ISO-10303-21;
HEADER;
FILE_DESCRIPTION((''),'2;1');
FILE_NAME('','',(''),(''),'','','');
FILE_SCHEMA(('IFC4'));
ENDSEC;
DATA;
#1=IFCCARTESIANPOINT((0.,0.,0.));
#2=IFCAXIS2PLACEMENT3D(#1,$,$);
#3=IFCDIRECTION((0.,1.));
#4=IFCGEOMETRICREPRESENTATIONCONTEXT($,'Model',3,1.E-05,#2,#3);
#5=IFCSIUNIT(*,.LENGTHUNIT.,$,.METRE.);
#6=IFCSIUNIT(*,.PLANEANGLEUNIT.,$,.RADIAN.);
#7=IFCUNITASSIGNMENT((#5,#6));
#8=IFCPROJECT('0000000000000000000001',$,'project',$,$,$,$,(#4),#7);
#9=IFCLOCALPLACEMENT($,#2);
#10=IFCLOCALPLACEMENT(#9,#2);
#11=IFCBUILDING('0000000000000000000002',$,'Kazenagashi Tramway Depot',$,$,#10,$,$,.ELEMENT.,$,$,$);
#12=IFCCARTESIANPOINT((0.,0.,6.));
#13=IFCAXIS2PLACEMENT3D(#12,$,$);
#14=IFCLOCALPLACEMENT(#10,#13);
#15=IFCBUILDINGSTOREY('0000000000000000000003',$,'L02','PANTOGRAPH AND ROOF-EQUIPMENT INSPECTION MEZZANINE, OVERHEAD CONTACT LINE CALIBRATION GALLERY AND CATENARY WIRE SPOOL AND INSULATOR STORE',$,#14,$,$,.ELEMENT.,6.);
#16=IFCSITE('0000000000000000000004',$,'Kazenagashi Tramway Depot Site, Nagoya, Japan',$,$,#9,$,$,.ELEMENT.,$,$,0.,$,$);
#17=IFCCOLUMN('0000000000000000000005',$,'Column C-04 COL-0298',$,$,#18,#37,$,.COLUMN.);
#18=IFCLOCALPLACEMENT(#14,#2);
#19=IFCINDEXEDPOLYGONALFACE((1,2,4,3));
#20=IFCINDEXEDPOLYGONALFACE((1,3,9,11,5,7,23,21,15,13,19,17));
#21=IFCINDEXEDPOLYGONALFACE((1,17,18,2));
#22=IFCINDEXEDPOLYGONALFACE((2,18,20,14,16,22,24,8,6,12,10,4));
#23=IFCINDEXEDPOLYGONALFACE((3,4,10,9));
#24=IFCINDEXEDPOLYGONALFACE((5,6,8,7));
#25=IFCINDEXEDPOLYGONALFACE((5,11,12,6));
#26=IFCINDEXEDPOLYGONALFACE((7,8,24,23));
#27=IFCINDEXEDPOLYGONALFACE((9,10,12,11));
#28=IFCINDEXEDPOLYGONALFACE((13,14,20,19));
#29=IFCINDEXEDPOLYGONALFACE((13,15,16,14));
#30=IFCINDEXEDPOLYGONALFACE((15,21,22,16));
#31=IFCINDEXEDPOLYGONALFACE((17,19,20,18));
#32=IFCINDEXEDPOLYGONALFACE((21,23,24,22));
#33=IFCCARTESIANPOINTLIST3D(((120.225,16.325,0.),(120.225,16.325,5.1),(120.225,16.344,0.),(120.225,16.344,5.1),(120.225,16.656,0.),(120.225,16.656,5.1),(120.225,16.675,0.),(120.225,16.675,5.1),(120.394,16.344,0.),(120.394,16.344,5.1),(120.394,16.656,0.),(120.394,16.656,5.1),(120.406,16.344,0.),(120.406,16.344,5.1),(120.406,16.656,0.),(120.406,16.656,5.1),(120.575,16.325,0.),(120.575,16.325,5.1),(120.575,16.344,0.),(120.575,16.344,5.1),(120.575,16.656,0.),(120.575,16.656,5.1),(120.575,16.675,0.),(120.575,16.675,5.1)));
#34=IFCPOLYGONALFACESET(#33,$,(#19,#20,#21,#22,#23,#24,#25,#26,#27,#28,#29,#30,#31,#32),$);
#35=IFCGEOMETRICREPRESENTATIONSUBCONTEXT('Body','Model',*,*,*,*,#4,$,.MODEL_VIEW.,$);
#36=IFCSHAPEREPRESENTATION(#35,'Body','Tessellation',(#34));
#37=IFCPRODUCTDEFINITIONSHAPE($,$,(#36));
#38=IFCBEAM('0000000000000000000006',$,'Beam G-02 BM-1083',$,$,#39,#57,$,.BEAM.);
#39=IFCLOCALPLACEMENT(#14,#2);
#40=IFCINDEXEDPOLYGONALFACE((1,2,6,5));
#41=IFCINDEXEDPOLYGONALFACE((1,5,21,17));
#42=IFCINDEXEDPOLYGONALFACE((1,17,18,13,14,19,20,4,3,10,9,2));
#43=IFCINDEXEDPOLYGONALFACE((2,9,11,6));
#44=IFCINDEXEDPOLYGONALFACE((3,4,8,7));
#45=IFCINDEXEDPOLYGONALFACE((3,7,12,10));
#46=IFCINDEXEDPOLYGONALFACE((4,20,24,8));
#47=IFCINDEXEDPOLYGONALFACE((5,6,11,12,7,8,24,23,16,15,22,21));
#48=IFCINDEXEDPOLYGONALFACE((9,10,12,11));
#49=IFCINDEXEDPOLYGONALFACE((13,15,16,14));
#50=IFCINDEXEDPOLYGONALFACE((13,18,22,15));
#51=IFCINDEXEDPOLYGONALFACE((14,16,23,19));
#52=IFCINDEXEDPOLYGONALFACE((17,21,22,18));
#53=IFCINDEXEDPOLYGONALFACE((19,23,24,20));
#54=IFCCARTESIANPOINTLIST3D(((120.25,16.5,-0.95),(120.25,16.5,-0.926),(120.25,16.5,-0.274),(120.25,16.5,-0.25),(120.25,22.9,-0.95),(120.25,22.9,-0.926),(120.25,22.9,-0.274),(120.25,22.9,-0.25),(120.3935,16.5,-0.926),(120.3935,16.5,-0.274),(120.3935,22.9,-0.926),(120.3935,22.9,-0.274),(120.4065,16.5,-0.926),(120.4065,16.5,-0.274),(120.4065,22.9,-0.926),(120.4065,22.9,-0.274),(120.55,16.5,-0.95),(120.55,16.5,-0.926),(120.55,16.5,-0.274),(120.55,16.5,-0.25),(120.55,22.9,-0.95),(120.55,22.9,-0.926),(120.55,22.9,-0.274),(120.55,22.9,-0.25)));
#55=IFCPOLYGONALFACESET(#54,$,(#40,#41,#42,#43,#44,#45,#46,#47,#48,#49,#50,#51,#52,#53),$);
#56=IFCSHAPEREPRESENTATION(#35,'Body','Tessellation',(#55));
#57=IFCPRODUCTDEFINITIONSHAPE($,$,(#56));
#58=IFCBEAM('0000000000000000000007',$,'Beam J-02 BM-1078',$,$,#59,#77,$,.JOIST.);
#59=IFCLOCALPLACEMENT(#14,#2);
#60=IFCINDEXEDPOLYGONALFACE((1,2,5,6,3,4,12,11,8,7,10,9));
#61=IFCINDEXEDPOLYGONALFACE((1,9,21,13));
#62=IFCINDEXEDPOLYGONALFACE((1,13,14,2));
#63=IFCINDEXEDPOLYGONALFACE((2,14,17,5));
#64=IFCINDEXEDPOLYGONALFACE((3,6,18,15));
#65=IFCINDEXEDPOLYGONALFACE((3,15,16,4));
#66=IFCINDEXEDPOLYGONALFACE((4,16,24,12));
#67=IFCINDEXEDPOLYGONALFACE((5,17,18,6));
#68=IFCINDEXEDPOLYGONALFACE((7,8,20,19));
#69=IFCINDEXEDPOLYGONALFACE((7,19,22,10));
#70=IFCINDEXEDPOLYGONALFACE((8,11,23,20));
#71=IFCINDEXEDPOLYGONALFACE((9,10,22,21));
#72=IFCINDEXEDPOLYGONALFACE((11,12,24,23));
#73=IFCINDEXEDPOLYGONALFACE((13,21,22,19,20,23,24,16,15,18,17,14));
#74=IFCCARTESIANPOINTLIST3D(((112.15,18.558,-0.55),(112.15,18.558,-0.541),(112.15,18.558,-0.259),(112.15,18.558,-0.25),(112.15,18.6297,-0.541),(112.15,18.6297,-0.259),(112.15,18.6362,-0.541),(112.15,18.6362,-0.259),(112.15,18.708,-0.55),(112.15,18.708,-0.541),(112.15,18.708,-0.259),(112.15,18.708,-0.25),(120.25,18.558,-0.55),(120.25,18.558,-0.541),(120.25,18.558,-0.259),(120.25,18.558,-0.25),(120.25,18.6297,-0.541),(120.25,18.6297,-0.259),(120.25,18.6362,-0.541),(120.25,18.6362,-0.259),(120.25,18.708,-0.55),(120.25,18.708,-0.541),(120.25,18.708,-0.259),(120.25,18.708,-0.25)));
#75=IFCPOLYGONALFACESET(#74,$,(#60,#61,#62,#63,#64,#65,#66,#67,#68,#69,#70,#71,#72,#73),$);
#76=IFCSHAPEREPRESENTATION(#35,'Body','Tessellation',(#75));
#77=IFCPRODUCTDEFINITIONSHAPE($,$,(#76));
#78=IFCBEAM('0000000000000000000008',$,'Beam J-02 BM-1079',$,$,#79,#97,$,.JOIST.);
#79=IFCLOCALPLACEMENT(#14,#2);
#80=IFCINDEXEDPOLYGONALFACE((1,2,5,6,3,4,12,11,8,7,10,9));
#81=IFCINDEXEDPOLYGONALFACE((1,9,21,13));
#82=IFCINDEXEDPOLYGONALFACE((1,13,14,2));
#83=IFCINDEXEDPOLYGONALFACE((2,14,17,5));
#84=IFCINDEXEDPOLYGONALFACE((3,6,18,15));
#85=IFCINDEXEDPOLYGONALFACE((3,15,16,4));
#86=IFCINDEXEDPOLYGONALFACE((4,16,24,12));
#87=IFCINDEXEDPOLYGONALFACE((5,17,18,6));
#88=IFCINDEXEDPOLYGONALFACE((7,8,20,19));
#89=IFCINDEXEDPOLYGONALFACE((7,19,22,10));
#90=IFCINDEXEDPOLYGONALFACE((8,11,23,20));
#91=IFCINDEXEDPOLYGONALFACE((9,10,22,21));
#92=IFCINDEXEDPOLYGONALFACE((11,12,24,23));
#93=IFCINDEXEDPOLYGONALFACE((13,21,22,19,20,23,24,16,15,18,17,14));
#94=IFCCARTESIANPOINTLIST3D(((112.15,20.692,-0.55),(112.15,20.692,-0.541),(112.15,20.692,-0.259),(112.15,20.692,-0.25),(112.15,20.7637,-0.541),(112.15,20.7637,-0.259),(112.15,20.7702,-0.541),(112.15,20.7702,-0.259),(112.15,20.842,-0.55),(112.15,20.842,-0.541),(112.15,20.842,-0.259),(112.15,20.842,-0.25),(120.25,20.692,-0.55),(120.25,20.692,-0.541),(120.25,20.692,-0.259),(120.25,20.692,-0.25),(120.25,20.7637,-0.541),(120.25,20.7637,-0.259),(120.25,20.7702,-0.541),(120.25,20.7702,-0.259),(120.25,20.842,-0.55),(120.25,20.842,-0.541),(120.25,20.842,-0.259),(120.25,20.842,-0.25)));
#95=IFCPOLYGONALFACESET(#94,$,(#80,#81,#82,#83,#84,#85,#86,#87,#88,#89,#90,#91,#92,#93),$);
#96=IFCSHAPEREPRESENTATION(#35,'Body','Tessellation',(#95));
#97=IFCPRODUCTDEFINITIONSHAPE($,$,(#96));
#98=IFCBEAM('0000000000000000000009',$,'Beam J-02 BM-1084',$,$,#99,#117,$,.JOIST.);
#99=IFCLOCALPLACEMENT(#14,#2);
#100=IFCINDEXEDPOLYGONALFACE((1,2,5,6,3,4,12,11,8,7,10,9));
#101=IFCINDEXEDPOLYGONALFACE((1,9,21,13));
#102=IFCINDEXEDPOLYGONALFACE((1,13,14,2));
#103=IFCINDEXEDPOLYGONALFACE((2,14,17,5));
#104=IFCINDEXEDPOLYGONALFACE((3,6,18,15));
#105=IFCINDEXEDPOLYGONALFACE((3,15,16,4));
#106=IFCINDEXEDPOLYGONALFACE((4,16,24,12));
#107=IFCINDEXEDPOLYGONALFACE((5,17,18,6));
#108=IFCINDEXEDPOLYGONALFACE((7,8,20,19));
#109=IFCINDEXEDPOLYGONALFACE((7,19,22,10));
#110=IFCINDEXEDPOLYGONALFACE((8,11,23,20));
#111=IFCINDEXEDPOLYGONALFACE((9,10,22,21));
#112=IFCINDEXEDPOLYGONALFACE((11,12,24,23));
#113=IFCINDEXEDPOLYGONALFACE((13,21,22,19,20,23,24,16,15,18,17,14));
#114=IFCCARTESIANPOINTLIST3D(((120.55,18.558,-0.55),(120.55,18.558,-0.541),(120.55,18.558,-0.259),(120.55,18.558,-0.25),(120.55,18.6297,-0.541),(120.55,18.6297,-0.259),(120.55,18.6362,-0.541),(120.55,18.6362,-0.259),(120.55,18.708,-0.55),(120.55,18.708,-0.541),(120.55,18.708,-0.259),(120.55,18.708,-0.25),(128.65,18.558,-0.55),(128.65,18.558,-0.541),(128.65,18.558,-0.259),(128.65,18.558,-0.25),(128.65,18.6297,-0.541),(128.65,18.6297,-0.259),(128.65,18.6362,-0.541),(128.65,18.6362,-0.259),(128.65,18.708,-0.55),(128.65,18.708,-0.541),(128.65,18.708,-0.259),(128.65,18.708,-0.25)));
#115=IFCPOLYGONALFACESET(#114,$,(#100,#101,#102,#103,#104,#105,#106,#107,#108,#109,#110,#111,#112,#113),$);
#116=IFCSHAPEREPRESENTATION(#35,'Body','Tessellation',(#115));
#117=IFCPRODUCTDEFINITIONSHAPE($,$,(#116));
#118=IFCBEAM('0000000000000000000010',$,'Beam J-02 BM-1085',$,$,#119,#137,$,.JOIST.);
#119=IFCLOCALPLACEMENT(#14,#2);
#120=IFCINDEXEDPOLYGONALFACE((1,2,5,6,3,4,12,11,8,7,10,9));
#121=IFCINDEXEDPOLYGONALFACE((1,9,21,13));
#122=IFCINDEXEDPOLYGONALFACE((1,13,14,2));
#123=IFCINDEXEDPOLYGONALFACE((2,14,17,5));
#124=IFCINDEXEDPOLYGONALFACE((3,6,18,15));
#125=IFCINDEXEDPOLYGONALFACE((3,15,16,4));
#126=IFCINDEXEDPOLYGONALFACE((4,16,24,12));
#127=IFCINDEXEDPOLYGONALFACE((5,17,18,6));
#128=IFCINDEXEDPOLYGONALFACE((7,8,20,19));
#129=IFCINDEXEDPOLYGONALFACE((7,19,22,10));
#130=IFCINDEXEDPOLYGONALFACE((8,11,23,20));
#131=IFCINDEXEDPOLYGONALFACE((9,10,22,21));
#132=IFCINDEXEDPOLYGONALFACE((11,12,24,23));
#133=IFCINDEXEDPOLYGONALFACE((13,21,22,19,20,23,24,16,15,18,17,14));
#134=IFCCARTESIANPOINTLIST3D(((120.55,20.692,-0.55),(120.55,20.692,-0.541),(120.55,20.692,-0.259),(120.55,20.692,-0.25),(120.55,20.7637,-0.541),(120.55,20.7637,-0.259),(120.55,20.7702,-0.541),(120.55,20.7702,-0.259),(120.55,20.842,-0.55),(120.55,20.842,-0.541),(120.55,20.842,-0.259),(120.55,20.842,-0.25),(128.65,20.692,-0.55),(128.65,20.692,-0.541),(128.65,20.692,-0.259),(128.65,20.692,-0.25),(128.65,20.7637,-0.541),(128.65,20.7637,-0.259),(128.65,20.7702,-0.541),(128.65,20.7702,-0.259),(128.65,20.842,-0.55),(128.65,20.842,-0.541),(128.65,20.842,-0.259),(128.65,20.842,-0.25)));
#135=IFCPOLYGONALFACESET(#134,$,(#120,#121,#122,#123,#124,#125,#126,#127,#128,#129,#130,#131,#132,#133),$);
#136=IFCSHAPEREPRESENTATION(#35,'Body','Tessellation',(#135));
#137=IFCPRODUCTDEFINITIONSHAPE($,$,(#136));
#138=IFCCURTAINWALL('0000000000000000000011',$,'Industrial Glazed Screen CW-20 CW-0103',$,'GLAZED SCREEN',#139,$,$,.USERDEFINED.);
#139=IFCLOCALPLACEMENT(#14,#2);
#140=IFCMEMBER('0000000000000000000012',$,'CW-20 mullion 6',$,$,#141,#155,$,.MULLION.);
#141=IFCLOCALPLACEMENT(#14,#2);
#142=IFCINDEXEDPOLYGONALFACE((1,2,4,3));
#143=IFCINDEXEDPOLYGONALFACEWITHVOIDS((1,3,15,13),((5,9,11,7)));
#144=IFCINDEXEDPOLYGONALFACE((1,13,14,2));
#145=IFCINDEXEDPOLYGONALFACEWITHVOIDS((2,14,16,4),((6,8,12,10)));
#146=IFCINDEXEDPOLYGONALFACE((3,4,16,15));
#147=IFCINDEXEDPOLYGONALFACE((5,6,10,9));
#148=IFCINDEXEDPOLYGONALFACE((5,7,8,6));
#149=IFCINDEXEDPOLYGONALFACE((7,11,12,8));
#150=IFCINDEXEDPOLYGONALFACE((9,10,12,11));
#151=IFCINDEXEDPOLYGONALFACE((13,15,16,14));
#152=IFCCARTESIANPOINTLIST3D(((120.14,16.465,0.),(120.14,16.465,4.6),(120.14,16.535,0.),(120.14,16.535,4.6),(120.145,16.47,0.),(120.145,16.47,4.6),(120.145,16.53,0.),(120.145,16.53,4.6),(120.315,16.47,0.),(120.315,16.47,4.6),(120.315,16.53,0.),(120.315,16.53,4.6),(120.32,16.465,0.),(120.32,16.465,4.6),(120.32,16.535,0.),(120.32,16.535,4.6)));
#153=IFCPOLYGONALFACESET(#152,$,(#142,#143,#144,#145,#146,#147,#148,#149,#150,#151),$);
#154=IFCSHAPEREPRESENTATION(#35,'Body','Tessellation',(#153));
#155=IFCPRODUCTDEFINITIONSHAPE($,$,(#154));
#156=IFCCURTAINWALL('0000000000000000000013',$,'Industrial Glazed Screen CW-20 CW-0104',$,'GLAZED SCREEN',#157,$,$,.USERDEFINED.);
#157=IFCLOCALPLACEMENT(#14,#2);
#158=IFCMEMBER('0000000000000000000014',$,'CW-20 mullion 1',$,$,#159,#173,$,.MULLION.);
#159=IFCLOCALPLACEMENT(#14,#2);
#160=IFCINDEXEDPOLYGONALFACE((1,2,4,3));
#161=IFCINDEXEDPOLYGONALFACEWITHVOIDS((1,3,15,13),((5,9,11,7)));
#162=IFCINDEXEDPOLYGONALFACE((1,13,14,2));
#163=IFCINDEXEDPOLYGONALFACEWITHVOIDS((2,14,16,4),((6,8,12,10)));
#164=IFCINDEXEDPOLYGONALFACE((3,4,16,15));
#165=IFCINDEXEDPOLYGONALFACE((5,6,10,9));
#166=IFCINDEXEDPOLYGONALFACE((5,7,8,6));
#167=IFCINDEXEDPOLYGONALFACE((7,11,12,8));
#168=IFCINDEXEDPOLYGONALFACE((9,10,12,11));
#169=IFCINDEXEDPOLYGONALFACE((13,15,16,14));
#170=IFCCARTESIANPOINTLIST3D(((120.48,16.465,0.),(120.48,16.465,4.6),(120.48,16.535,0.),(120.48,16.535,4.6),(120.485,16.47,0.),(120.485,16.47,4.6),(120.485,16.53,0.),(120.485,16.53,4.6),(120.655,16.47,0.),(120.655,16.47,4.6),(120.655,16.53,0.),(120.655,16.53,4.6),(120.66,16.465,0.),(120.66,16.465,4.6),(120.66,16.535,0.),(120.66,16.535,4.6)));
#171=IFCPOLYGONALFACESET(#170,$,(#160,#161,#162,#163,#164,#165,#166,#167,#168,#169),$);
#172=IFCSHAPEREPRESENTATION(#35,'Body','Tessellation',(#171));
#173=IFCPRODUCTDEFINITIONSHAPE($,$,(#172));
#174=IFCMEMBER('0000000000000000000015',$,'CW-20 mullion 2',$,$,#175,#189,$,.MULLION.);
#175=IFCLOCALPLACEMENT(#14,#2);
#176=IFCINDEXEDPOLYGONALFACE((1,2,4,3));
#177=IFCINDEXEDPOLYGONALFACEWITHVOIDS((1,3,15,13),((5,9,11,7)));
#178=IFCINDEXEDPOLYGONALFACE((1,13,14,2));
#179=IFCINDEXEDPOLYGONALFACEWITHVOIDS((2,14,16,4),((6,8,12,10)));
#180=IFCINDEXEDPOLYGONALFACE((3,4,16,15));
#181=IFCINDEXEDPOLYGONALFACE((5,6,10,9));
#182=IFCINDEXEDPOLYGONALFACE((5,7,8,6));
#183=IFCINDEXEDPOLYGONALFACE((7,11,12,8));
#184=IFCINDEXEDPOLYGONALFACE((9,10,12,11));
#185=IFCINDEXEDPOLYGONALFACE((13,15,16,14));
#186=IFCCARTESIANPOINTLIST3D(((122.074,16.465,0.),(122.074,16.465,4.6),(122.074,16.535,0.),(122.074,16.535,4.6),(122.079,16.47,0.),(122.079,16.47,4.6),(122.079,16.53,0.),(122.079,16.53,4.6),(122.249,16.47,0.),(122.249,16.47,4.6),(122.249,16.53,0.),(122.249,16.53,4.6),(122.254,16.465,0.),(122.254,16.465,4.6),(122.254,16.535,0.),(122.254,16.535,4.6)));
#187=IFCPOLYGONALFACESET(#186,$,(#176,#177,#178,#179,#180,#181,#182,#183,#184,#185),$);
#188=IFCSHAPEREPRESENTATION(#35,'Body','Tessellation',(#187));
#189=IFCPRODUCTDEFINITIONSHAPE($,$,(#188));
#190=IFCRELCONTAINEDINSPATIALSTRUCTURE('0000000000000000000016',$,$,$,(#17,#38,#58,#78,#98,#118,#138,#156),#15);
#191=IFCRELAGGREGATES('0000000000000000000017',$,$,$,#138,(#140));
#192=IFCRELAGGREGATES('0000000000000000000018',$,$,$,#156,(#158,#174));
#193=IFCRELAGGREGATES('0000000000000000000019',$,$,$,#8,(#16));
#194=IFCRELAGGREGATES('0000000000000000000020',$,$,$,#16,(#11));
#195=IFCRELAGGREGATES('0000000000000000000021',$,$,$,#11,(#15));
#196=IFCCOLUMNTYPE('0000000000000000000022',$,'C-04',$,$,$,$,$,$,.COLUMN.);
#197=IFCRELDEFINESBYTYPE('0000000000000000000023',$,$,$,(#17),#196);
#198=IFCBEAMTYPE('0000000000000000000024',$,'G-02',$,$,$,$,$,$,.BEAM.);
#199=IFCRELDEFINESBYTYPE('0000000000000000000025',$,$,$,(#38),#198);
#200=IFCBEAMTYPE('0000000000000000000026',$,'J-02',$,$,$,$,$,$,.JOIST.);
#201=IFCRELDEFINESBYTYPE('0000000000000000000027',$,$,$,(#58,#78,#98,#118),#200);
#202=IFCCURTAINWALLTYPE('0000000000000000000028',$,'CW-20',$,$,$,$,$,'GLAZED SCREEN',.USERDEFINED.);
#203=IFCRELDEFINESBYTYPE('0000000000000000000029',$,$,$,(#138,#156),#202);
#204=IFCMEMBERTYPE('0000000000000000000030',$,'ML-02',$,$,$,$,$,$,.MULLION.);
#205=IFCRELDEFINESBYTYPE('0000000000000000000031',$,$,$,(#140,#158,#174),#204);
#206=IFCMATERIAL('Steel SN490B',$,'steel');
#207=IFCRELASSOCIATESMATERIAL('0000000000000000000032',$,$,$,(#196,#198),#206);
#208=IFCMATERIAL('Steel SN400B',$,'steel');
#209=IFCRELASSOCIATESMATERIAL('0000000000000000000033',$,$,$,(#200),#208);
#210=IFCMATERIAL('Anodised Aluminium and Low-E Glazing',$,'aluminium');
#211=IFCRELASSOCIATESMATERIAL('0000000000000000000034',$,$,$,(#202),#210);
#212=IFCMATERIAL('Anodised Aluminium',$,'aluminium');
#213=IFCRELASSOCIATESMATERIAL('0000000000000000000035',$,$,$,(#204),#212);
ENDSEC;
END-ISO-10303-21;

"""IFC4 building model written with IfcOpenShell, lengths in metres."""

from ifc_helpers import new_model, si_unit, direction, frame, origin, origin_2d, place, context, subcontext, project, spatial, hollow_rectangle, i_section, extrude, material, material_profile, profile_set, type_object, element, aggregate, save


model = new_model("IFC4")

# Units and contexts
model_context = context("Model", 3, precision=1e-05, world=origin(), true_north=direction((0.0, 1.0)))
body_context = subcontext(model_context, "Body", "Model", "MODEL_VIEW")
ifc_project = project(units=[si_unit("LENGTHUNIT", "METRE"), si_unit("PLANEANGLEUNIT", "RADIAN")], contexts=[model_context])

# Site, building, storey
site_placement = place(None, origin())
site = spatial("IfcSite", under=ifc_project, at=site_placement, Name="Kazenagashi Tramway Depot Site, Nagoya, Japan", CompositionType="ELEMENT", RefElevation=0.0)
building_placement = place(site_placement, origin())
building = spatial("IfcBuilding", under=site, at=building_placement, Name="Kazenagashi Tramway Depot", CompositionType="ELEMENT")
storey_placement = place(building_placement, frame((0.0, 0.0, 6.0)))
storey = spatial("IfcBuildingStorey", under=building, at=storey_placement, Name="L02", Description="PANTOGRAPH AND ROOF-EQUIPMENT INSPECTION MEZZANINE, OVERHEAD CONTACT LINE CALIBRATION GALLERY AND CATENARY WIRE SPOOL AND INSULATOR STORE", CompositionType="ELEMENT", Elevation=6.0)

# Column
ifc_material_1 = material(Name="Steel SN490B", Category="steel")
ifc_material_profile_1 = material_profile(ifc_material_1, i_section(OverallWidth=0.35, OverallDepth=0.35, WebThickness=0.012, FlangeThickness=0.019, at=origin_2d()), Name="H-350x350x12x19")
ifc_profile_set_1 = profile_set([ifc_material_profile_1], Name="Steel SN490B")
column_type = type_object("IfcColumnType", Name="C-04", PredefinedType="COLUMN", material=ifc_profile_set_1)
column_placement = place(storey_placement, frame((120.4, 16.5, 0.0), z_axis=(0.0, 0.0, 1.0), x_axis=(1.0, 0.0, 0.0)))
element("IfcColumn", 1, at=column_placement, inside=storey, type_object=column_type, Name="Column C-04 COL-0298", PredefinedType="COLUMN", context=body_context, shape_type="SweptSolid", body=[
    extrude(i_section(OverallWidth=0.35, OverallDepth=0.35, WebThickness=0.012, FlangeThickness=0.019, at=origin_2d()), origin(), (0.0, 0.0, 1.0), 5.1),
])

# Beams
ifc_material_profile_2 = material_profile(ifc_material_1, i_section(OverallWidth=0.3, OverallDepth=0.7, WebThickness=0.013, FlangeThickness=0.024, at=origin_2d()), Name="H-700x300x13x24")
ifc_profile_set_2 = profile_set([ifc_material_profile_2], Name="Steel SN490B")
beam_type_1 = type_object("IfcBeamType", Name="G-02", PredefinedType="BEAM", material=ifc_profile_set_2)
beam_1_placement = place(storey_placement, frame((120.4, 16.5, -0.6), z_axis=(0.0, 1.0, 0.0), x_axis=(-1.0, 0.0, 0.0)))
element("IfcBeam", 2, at=beam_1_placement, inside=storey, type_object=beam_type_1, Name="Beam G-02 BM-1083", PredefinedType="BEAM", context=body_context, shape_type="SweptSolid", body=[
    extrude(i_section(OverallWidth=0.3, OverallDepth=0.7, WebThickness=0.013, FlangeThickness=0.024, at=origin_2d()), origin(), (0.0, 0.0, 1.0), 6.4),
])
ifc_material_2 = material(Name="Steel SN400B", Category="steel")
ifc_material_profile_3 = material_profile(ifc_material_2, i_section(OverallWidth=0.15, OverallDepth=0.3, WebThickness=0.0065, FlangeThickness=0.009, at=origin_2d()), Name="H-300x150x6.5x9")
ifc_profile_set_3 = profile_set([ifc_material_profile_3], Name="Steel SN400B")
beam_type_2 = type_object("IfcBeamType", Name="J-02", PredefinedType="JOIST", material=ifc_profile_set_3)
for number, where, z_axis, x_axis, name in (
    (3, (112.15, 18.633, -0.4), (1.0, 0.0, 0.0), (0.0, 1.0, 0.0), "Beam J-02 BM-1078"),
    (4, (112.15, 20.767, -0.4), (1.0, 0.0, 0.0), (0.0, 1.0, 0.0), "Beam J-02 BM-1079"),
    (5, (120.55, 18.633, -0.4), (1.0, 0.0, 0.0), (0.0, 1.0, 0.0), "Beam J-02 BM-1084"),
    (6, (120.55, 20.767, -0.4), (1.0, 0.0, 0.0), (0.0, 1.0, 0.0), "Beam J-02 BM-1085"),
):
    element("IfcBeam", number, at=place(storey_placement, frame(where, z_axis=z_axis, x_axis=x_axis)), inside=storey, type_object=beam_type_2, Name=name, PredefinedType="JOIST", context=body_context, shape_type="SweptSolid", body=[
        extrude(i_section(OverallWidth=0.15, OverallDepth=0.3, WebThickness=0.0065, FlangeThickness=0.009, at=origin_2d()), origin(), (0.0, 0.0, 1.0), 8.1),
    ])

# Curtain wall, member
ifc_material_3 = material(Name="Anodised Aluminium and Low-E Glazing", Category="aluminium")
curtain_wall_type = type_object("IfcCurtainWallType", Name="CW-20", ElementType="GLAZED SCREEN", PredefinedType="USERDEFINED", material=ifc_material_3)
curtain_wall_1_placement = place(storey_placement, origin())
curtain_wall_1 = element("IfcCurtainWall", 7, at=curtain_wall_1_placement, inside=storey, type_object=curtain_wall_type, Name="Industrial Glazed Screen CW-20 CW-0103", ObjectType="GLAZED SCREEN", PredefinedType="USERDEFINED")
ifc_material_4 = material(Name="Anodised Aluminium", Category="aluminium")
ifc_material_profile_4 = material_profile(ifc_material_4, hollow_rectangle(XDim=0.07, YDim=0.18, WallThickness=0.005, at=origin_2d()), Name="RHS-180x70x5")
ifc_profile_set_4 = profile_set([ifc_material_profile_4], Name="Anodised Aluminium")
member_type_1 = type_object("IfcMemberType", Name="ML-02", PredefinedType="MULLION", material=ifc_profile_set_4)
member_1_placement = place(storey_placement, frame((120.23, 16.5, 0.0), z_axis=(0.0, 0.0, 1.0), x_axis=(0.0, 1.0, 0.0)))
member_1 = element("IfcMember", 8, at=member_1_placement, type_object=member_type_1, Name="CW-20 mullion 6", PredefinedType="MULLION", context=body_context, shape_type="SweptSolid", body=[
    extrude(hollow_rectangle(XDim=0.07, YDim=0.18, WallThickness=0.005, at=origin_2d()), origin(), (0.0, 0.0, 1.0), 4.6),
])

# Curtain wall, members
curtain_wall_2_placement = place(storey_placement, origin())
curtain_wall_2 = element("IfcCurtainWall", 9, at=curtain_wall_2_placement, inside=storey, type_object=curtain_wall_type, Name="Industrial Glazed Screen CW-20 CW-0104", ObjectType="GLAZED SCREEN", PredefinedType="USERDEFINED")
member_2_placement = place(storey_placement, frame((120.57, 16.5, 0.0), z_axis=(0.0, 0.0, 1.0), x_axis=(0.0, 1.0, 0.0)))
member_2 = element("IfcMember", 10, at=member_2_placement, type_object=member_type_1, Name="CW-20 mullion 1", PredefinedType="MULLION", context=body_context, shape_type="SweptSolid", body=[
    extrude(hollow_rectangle(XDim=0.07, YDim=0.18, WallThickness=0.005, at=origin_2d()), origin(), (0.0, 0.0, 1.0), 4.6),
])
member_3_placement = place(storey_placement, frame((122.164, 16.5, 0.0), z_axis=(0.0, 0.0, 1.0), x_axis=(0.0, 1.0, 0.0)))
member_3 = element("IfcMember", 11, at=member_3_placement, type_object=member_type_1, Name="CW-20 mullion 2", PredefinedType="MULLION", context=body_context, shape_type="SweptSolid", body=[
    extrude(hollow_rectangle(XDim=0.07, YDim=0.18, WallThickness=0.005, at=origin_2d()), origin(), (0.0, 0.0, 1.0), 4.6),
])

aggregate(curtain_wall_1, [member_1])
aggregate(curtain_wall_2, [member_2, member_3])

save(model, "model.ifc")
